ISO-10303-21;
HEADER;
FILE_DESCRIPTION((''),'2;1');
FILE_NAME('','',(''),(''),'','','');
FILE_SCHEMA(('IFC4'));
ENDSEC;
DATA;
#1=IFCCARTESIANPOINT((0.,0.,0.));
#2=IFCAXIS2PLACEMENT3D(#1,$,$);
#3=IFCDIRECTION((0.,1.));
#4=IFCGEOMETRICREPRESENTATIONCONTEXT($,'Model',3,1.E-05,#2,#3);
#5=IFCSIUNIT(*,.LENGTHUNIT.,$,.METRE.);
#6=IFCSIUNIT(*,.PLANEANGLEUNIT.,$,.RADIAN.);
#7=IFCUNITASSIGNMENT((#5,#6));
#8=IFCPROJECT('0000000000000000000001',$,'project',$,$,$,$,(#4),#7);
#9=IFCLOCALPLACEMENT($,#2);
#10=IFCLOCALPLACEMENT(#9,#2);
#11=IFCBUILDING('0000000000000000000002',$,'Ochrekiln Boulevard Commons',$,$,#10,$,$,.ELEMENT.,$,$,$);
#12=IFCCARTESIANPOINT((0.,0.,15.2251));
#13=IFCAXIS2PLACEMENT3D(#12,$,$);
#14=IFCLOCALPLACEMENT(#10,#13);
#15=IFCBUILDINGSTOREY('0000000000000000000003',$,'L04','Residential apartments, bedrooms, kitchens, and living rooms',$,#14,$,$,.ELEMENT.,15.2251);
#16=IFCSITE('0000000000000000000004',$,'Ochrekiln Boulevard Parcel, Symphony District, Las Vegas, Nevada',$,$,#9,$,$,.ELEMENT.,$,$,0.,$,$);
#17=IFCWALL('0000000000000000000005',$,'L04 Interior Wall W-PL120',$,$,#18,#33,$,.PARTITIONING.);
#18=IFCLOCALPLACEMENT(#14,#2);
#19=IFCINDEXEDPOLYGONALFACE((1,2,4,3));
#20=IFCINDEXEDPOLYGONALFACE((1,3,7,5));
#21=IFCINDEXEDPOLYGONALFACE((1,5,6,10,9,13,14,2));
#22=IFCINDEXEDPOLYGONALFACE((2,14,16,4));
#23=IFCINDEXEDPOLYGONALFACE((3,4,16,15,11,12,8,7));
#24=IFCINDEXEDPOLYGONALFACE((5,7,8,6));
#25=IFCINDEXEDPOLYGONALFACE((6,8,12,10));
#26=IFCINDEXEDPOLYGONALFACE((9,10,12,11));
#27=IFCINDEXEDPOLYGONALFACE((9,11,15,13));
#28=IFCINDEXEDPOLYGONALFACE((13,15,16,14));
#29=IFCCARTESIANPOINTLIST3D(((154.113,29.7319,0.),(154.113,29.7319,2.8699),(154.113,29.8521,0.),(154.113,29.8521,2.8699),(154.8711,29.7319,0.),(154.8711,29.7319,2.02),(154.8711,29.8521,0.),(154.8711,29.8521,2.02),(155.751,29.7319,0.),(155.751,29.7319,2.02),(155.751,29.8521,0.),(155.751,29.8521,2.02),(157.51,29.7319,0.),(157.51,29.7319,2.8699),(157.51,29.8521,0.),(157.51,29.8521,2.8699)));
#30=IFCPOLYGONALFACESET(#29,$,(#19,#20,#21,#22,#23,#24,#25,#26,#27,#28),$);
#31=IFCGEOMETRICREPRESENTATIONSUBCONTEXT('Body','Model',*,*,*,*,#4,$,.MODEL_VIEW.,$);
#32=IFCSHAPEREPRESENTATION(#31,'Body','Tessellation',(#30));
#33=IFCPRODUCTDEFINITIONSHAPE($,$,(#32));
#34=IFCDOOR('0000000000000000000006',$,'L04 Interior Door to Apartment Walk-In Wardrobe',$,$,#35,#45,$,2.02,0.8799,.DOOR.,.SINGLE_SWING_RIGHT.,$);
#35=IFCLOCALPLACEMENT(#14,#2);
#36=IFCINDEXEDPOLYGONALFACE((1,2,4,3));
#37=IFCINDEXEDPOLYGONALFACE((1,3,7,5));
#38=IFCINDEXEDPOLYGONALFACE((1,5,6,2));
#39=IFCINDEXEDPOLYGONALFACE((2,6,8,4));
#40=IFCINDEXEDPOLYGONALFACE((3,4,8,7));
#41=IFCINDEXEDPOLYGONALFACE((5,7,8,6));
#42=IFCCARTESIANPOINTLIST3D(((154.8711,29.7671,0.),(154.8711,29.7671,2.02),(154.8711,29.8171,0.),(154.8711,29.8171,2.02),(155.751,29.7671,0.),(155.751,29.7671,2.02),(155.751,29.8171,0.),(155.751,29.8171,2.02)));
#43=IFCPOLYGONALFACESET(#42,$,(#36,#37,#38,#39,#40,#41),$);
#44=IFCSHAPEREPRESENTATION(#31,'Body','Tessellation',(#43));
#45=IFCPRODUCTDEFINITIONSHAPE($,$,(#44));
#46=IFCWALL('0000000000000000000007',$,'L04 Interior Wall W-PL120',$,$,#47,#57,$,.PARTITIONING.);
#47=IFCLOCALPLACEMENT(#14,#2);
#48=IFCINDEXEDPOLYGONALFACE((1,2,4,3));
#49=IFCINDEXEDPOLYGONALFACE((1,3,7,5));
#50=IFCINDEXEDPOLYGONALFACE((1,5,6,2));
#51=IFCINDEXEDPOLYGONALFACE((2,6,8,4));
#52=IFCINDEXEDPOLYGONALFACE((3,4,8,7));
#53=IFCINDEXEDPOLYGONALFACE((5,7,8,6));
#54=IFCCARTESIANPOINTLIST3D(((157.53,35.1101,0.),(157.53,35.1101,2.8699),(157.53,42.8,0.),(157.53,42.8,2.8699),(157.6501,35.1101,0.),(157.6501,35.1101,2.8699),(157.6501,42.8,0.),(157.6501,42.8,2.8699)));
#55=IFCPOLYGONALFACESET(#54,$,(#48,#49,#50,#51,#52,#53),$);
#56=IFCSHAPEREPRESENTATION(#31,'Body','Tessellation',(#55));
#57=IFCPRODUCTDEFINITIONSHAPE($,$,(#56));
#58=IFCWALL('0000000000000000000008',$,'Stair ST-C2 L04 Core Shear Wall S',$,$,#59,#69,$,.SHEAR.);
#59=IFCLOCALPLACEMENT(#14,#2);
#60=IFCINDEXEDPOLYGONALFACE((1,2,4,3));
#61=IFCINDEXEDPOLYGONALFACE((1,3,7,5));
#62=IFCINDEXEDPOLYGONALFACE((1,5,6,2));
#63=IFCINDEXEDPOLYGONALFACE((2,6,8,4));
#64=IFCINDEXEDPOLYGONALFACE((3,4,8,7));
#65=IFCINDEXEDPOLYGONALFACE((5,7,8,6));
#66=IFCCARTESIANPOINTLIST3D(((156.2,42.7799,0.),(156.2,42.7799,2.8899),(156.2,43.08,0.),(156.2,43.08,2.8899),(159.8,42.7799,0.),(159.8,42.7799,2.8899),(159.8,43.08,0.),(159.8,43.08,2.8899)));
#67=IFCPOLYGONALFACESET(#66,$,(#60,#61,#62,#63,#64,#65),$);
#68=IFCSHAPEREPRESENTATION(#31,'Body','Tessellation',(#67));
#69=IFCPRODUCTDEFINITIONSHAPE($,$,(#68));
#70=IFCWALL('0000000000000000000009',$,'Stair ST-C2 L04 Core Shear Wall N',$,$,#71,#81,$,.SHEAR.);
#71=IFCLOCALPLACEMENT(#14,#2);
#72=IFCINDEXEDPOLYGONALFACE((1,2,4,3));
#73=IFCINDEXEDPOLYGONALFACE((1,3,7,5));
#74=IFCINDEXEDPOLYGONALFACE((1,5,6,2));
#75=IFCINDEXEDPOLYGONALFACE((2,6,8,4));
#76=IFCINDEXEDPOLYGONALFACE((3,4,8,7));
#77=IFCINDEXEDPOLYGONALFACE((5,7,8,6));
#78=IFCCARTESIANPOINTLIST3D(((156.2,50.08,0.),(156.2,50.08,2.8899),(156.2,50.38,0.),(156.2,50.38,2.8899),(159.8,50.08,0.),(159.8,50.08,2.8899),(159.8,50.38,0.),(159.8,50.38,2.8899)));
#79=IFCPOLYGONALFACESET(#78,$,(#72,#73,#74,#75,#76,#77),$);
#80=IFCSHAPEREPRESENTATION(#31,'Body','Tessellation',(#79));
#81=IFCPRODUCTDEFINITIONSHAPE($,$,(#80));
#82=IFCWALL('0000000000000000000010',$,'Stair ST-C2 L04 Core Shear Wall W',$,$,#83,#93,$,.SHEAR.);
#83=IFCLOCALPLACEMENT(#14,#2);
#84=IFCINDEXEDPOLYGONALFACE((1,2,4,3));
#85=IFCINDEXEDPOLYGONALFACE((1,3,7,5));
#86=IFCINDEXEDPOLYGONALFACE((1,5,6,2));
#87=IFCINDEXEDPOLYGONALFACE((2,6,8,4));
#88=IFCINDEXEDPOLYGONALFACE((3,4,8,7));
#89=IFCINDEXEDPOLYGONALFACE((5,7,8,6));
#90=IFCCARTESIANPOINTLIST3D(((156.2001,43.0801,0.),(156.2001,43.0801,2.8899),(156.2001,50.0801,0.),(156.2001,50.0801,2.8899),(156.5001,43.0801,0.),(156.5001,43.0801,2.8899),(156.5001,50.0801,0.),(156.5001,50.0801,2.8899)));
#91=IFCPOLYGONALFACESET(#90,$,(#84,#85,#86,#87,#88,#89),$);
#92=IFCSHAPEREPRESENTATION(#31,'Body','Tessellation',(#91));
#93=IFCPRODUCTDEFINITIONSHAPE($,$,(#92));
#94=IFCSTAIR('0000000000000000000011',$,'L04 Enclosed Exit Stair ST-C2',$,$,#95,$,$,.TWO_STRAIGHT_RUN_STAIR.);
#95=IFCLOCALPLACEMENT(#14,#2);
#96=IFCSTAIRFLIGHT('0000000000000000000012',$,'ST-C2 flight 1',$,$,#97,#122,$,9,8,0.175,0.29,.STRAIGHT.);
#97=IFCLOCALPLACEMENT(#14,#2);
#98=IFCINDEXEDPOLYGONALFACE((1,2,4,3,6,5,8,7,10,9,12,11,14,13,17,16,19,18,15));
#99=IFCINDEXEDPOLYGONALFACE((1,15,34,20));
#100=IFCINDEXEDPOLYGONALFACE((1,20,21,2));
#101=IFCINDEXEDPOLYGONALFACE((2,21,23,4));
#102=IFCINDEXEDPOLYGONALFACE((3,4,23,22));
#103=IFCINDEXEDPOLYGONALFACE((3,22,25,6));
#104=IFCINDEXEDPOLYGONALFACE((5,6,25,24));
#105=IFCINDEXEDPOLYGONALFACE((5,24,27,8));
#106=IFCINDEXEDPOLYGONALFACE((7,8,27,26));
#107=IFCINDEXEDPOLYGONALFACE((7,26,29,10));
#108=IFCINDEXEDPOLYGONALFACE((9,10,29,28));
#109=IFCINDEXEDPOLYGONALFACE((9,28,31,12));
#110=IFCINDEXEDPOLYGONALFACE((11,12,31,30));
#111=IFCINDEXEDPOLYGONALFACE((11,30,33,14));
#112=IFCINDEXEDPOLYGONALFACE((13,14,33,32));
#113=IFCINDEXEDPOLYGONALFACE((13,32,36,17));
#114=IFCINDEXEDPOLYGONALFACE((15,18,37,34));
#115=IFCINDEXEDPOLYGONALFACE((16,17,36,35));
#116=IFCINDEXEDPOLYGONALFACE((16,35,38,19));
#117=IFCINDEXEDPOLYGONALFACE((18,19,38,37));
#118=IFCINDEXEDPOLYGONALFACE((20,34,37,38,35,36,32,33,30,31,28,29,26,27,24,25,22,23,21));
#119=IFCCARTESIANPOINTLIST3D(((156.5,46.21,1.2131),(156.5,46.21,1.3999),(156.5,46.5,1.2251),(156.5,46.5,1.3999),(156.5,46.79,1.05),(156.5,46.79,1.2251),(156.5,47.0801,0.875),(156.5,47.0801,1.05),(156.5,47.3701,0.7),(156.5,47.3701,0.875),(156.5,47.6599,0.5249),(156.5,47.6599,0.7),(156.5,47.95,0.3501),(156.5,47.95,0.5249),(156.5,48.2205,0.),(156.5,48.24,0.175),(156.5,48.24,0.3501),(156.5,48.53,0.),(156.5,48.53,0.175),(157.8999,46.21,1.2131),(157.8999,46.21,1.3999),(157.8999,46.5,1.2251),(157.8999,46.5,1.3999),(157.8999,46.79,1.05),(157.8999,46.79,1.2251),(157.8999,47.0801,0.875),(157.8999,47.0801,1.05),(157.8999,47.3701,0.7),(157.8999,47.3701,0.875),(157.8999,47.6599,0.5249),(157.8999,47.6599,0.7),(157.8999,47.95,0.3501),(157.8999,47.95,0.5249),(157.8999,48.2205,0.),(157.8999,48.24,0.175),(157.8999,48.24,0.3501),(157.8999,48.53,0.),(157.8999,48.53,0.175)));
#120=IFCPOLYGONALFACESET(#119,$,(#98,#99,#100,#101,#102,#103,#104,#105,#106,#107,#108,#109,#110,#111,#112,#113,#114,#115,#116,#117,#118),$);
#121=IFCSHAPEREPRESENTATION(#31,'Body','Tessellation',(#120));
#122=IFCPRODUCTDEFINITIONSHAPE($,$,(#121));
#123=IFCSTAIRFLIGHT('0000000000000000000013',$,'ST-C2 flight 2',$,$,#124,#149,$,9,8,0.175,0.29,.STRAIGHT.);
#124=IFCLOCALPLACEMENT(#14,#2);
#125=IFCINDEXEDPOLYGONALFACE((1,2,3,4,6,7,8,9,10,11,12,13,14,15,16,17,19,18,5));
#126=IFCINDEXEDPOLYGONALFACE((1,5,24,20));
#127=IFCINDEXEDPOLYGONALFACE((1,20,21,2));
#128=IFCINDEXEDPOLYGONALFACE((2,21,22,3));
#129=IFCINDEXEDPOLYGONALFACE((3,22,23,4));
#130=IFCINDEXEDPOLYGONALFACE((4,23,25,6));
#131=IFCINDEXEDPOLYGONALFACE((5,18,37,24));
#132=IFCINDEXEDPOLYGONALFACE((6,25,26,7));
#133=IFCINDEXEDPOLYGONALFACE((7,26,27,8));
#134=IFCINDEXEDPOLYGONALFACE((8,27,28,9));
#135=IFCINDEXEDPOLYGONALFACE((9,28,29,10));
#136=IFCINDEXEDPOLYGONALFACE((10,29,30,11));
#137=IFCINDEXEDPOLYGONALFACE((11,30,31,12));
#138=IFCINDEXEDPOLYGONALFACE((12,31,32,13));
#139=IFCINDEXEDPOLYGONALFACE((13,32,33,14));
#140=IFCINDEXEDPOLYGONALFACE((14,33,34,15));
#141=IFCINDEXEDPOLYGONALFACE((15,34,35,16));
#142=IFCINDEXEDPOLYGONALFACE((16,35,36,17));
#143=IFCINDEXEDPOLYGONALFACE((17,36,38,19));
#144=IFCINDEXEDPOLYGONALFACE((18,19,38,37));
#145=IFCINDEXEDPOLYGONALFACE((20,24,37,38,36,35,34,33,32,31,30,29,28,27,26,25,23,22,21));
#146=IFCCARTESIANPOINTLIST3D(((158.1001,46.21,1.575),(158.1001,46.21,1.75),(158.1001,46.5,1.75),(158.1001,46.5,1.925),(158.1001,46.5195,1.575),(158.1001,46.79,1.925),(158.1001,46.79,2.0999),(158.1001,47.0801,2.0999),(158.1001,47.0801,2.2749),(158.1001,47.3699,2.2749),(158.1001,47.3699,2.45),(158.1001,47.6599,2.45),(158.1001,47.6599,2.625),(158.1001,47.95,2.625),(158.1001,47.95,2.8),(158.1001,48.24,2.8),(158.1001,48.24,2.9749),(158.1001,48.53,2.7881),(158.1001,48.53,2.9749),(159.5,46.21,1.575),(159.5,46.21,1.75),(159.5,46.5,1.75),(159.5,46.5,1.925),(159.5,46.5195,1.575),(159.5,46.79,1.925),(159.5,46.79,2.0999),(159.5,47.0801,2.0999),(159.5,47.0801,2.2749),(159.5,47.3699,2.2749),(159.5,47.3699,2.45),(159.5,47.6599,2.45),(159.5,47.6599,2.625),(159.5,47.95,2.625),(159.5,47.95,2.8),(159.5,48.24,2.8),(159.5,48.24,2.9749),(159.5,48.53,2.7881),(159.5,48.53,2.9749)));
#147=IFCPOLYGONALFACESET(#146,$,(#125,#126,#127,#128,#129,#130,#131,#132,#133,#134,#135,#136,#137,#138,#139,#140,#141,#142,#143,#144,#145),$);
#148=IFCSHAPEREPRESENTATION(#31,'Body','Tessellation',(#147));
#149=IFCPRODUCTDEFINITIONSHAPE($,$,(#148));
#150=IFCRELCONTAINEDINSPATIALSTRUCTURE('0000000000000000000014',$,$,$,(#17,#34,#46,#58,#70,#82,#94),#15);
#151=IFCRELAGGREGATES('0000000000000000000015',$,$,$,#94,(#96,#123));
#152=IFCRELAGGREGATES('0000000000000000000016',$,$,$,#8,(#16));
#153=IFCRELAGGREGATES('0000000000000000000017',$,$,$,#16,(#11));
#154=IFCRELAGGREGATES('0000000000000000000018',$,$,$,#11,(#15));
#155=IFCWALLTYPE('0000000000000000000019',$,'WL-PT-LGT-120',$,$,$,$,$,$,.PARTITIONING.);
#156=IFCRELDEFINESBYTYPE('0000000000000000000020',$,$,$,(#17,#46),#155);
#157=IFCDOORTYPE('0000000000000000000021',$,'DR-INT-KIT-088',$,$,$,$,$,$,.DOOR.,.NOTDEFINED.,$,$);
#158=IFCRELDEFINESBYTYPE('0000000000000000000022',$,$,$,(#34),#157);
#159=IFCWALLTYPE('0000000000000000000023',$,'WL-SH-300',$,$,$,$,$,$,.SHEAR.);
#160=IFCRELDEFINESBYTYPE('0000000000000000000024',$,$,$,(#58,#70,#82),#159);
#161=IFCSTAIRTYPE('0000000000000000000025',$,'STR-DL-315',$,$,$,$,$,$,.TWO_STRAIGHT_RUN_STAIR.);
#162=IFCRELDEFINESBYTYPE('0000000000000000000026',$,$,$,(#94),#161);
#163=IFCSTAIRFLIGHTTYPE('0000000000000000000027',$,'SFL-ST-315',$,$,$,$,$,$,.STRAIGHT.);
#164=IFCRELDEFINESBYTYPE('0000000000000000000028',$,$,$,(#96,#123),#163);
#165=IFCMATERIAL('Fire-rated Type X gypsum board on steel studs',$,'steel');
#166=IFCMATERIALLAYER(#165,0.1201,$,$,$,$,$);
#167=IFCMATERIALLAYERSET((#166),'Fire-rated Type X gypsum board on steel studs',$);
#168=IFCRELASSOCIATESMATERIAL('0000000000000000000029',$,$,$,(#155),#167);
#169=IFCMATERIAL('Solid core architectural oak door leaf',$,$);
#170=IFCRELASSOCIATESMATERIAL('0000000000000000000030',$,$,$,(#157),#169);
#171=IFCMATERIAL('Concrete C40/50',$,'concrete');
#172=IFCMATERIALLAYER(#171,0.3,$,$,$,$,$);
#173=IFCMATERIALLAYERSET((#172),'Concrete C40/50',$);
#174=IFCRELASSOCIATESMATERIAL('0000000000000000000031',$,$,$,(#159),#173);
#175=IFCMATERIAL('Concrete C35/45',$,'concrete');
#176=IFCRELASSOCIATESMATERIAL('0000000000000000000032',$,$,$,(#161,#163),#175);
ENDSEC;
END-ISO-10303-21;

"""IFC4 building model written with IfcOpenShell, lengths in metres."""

from ifc_helpers import new_model, si_unit, direction, frame, frame_2d, origin, place, context, subcontext, project, spatial, polyline, rectangle, outline, extrude, material, layer, layer_set, type_object, element, fill, aggregate, save


model = new_model("IFC4")

# Units and contexts
model_context = context("Model", 3, precision=1e-05, world=origin(), true_north=direction((0.0, 1.0)))
body_context = subcontext(model_context, "Body", "Model", "MODEL_VIEW")
ifc_project = project(units=[si_unit("LENGTHUNIT", "METRE"), si_unit("PLANEANGLEUNIT", "RADIAN")], contexts=[model_context])

# Site, building, storey
site_placement = place(None, origin())
site = spatial("IfcSite", under=ifc_project, at=site_placement, Name="Ochrekiln Boulevard Parcel, Symphony District, Las Vegas, Nevada", CompositionType="ELEMENT", RefElevation=0.0)
building_placement = place(site_placement, origin())
building = spatial("IfcBuilding", under=site, at=building_placement, Name="Ochrekiln Boulevard Commons", CompositionType="ELEMENT")
storey_placement = place(building_placement, frame((0.0, 0.0, 15.2251)))
storey = spatial("IfcBuildingStorey", under=building, at=storey_placement, Name="L04", Description="Residential apartments, bedrooms, kitchens, and living rooms", CompositionType="ELEMENT", Elevation=15.2251)

# Shared definitions
ifc_material_1 = material(Name="Concrete C40/50", Category="concrete")

# Wall, opening, door
ifc_material_2 = material(Name="Solid core architectural oak door leaf")
ifc_material_3 = material(Name="Fire-rated Type X gypsum board on steel studs", Category="steel")
ifc_layer_1 = layer(ifc_material_3, 0.1201)
ifc_layer_set_1 = layer_set([ifc_layer_1], Name="Fire-rated Type X gypsum board on steel studs")
wall_type_1 = type_object("IfcWallType", Name="WL-PT-LGT-120", PredefinedType="PARTITIONING", material=ifc_layer_set_1)
door_type_1 = type_object("IfcDoorType", Name="DR-INT-KIT-088", OperationType="NOTDEFINED", PredefinedType="DOOR", material=ifc_material_2)
wall_1_placement = place(storey_placement, frame((154.113, 29.792, 0.0), z_axis=(0.0, 0.0, 1.0), x_axis=(1.0, 0.0, 0.0)))
wall_1 = element("IfcWall", 1, at=wall_1_placement, inside=storey, type_object=wall_type_1, Name="L04 Interior Wall W-PL120", PredefinedType="PARTITIONING", context=body_context, shape_type="SweptSolid", body=[
    extrude(rectangle(XDim=3.397, YDim=0.1201, at=frame_2d((1.6985, 0.0))), origin(), (0.0, 0.0, 1.0), 2.8699),
])
opening_1_placement = place(wall_1_placement, frame((0.7581, 0.0, 0.0)))
opening_1 = element("IfcOpeningElement", 2, at=opening_1_placement, cuts=wall_1, PredefinedType="OPENING", context=body_context, shape_type="SweptSolid", body=[
    extrude(rectangle(XDim=0.8799, YDim=2.02, at=frame_2d((0.4399, 1.01))), frame((0.0, 0.0701, 0.0), z_axis=(0.0, -1.0, 0.0), x_axis=(1.0, 0.0, 0.0)), (0.0, 0.0, 1.0), 0.1401),
])
door_1_placement = place(opening_1_placement, frame((0.8799, 0.0, 0.0), z_axis=(0.0, 0.0, 1.0), x_axis=(-1.0, 0.0, 0.0)))
door_1 = element("IfcDoor", 3, at=door_1_placement, inside=storey, type_object=door_type_1, Name="L04 Interior Door to Apartment Walk-In Wardrobe", OperationType="SINGLE_SWING_RIGHT", OverallHeight=2.02, OverallWidth=0.8799, PredefinedType="DOOR", context=body_context, shape_type="SweptSolid", body=[
    extrude(rectangle(XDim=0.8799, YDim=2.02, at=frame_2d((0.4399, 1.01))), frame((0.0, 0.0249, 0.0), z_axis=(0.0, -1.0, 0.0), x_axis=(1.0, 0.0, 0.0)), (0.0, 0.0, 1.0), 0.05),
])
fill(opening_1, door_1)

# Walls
wall_2_placement = place(storey_placement, frame((157.5901, 35.1101, 0.0), z_axis=(0.0, 0.0, 1.0), x_axis=(0.0, 1.0, 0.0)))
element("IfcWall", 4, at=wall_2_placement, inside=storey, type_object=wall_type_1, Name="L04 Interior Wall W-PL120", PredefinedType="PARTITIONING", context=body_context, shape_type="SweptSolid", body=[
    extrude(rectangle(XDim=7.6899, YDim=0.1201, at=frame_2d((3.845, 0.0))), origin(), (0.0, 0.0, 1.0), 2.8699),
])
ifc_layer_2 = layer(ifc_material_1, 0.3)
ifc_layer_set_2 = layer_set([ifc_layer_2], Name="Concrete C40/50")
wall_type_2 = type_object("IfcWallType", Name="WL-SH-300", PredefinedType="SHEAR", material=ifc_layer_set_2)
for number, where, z_axis, x_axis, name in (
    (5, (156.2, 42.9299, 0.0), (0.0, 0.0, 1.0), (1.0, 0.0, 0.0), "Stair ST-C2 L04 Core Shear Wall S"),
    (6, (156.2, 50.23, 0.0), (0.0, 0.0, 1.0), (1.0, 0.0, 0.0), "Stair ST-C2 L04 Core Shear Wall N"),
):
    element("IfcWall", number, at=place(storey_placement, frame(where, z_axis=z_axis, x_axis=x_axis)), inside=storey, type_object=wall_type_2, Name=name, PredefinedType="SHEAR", context=body_context, shape_type="SweptSolid", body=[
        extrude(rectangle(XDim=3.6001, YDim=0.3, at=frame_2d((1.8, 0.0))), origin(), (0.0, 0.0, 1.0), 2.8899),
    ])
wall_3_placement = place(storey_placement, frame((156.3501, 43.0801, 0.0), z_axis=(0.0, 0.0, 1.0), x_axis=(0.0, 1.0, 0.0)))
element("IfcWall", 7, at=wall_3_placement, inside=storey, type_object=wall_type_2, Name="Stair ST-C2 L04 Core Shear Wall W", PredefinedType="SHEAR", context=body_context, shape_type="SweptSolid", body=[
    extrude(rectangle(XDim=7.0, YDim=0.3, at=frame_2d((3.5, 0.0))), origin(), (0.0, 0.0, 1.0), 2.8899),
])

# Stair, stair flights
ifc_material_4 = material(Name="Concrete C35/45", Category="concrete")
stair_type = type_object("IfcStairType", Name="STR-DL-315", PredefinedType="TWO_STRAIGHT_RUN_STAIR", material=ifc_material_4)
stair_placement = place(storey_placement, origin())
stair = element("IfcStair", 8, at=stair_placement, inside=storey, type_object=stair_type, Name="L04 Enclosed Exit Stair ST-C2", PredefinedType="TWO_STRAIGHT_RUN_STAIR")
stair_flight_type = type_object("IfcStairFlightType", Name="SFL-ST-315", PredefinedType="STRAIGHT", material=ifc_material_4)
stair_flight_1_placement = place(storey_placement, frame((157.2, 48.53, 0.0), z_axis=(0.0, 0.0, 1.0), x_axis=(0.0, -1.0, 0.0)))
stair_flight_1 = element("IfcStairFlight", 9, at=stair_flight_1_placement, type_object=stair_flight_type, Name="ST-C2 flight 1", NumberOfRisers=9, NumberOfTreads=8, PredefinedType="STRAIGHT", RiserHeight=0.175, TreadLength=0.29, context=body_context, shape_type="SweptSolid", body=[
    extrude(outline(polyline([(0.0, 0.0), (0.0, 0.175), (0.29, 0.175), (0.29, 0.3501), (0.5801, 0.3501), (0.5801, 0.5249), (0.8701, 0.5249), (0.8701, 0.7), (1.1599, 0.7), (1.1599, 0.875), (1.45, 0.875), (1.45, 1.05), (1.74, 1.05), (1.74, 1.2251), (2.03, 1.2251), (2.03, 1.3999), (2.3201, 1.3999), (2.3201, 1.575), (2.3201, 1.2131), (0.3096, 0.0), (0.0, 0.0)])), frame((0.0, 0.7, 0.0), z_axis=(0.0, -1.0, 0.0), x_axis=(1.0, 0.0, 0.0)), (0.0, 0.0, 1.0), 1.3999),
])
stair_flight_2_placement = place(storey_placement, frame((158.8, 46.21, 1.575), z_axis=(0.0, 0.0, 1.0), x_axis=(0.0, 1.0, 0.0)))
stair_flight_2 = element("IfcStairFlight", 10, at=stair_flight_2_placement, type_object=stair_flight_type, Name="ST-C2 flight 2", NumberOfRisers=9, NumberOfTreads=8, PredefinedType="STRAIGHT", RiserHeight=0.175, TreadLength=0.29, context=body_context, shape_type="SweptSolid", body=[
    extrude(outline(polyline([(0.0, 0.0), (0.0, 0.175), (0.29, 0.175), (0.29, 0.3501), (0.5801, 0.3501), (0.5801, 0.5249), (0.8701, 0.5249), (0.8701, 0.7), (1.1599, 0.7), (1.1599, 0.875), (1.45, 0.875), (1.45, 1.05), (1.74, 1.05), (1.74, 1.2251), (2.03, 1.2251), (2.03, 1.3999), (2.3201, 1.3999), (2.3201, 1.575), (2.3201, 1.2131), (0.3096, 0.0), (0.0, 0.0)])), frame((0.0, 0.7, 0.0), z_axis=(0.0, -1.0, 0.0), x_axis=(1.0, 0.0, 0.0)), (0.0, 0.0, 1.0), 1.3999),
])
aggregate(stair, [stair_flight_1, stair_flight_2])

save(model, "model.ifc")
